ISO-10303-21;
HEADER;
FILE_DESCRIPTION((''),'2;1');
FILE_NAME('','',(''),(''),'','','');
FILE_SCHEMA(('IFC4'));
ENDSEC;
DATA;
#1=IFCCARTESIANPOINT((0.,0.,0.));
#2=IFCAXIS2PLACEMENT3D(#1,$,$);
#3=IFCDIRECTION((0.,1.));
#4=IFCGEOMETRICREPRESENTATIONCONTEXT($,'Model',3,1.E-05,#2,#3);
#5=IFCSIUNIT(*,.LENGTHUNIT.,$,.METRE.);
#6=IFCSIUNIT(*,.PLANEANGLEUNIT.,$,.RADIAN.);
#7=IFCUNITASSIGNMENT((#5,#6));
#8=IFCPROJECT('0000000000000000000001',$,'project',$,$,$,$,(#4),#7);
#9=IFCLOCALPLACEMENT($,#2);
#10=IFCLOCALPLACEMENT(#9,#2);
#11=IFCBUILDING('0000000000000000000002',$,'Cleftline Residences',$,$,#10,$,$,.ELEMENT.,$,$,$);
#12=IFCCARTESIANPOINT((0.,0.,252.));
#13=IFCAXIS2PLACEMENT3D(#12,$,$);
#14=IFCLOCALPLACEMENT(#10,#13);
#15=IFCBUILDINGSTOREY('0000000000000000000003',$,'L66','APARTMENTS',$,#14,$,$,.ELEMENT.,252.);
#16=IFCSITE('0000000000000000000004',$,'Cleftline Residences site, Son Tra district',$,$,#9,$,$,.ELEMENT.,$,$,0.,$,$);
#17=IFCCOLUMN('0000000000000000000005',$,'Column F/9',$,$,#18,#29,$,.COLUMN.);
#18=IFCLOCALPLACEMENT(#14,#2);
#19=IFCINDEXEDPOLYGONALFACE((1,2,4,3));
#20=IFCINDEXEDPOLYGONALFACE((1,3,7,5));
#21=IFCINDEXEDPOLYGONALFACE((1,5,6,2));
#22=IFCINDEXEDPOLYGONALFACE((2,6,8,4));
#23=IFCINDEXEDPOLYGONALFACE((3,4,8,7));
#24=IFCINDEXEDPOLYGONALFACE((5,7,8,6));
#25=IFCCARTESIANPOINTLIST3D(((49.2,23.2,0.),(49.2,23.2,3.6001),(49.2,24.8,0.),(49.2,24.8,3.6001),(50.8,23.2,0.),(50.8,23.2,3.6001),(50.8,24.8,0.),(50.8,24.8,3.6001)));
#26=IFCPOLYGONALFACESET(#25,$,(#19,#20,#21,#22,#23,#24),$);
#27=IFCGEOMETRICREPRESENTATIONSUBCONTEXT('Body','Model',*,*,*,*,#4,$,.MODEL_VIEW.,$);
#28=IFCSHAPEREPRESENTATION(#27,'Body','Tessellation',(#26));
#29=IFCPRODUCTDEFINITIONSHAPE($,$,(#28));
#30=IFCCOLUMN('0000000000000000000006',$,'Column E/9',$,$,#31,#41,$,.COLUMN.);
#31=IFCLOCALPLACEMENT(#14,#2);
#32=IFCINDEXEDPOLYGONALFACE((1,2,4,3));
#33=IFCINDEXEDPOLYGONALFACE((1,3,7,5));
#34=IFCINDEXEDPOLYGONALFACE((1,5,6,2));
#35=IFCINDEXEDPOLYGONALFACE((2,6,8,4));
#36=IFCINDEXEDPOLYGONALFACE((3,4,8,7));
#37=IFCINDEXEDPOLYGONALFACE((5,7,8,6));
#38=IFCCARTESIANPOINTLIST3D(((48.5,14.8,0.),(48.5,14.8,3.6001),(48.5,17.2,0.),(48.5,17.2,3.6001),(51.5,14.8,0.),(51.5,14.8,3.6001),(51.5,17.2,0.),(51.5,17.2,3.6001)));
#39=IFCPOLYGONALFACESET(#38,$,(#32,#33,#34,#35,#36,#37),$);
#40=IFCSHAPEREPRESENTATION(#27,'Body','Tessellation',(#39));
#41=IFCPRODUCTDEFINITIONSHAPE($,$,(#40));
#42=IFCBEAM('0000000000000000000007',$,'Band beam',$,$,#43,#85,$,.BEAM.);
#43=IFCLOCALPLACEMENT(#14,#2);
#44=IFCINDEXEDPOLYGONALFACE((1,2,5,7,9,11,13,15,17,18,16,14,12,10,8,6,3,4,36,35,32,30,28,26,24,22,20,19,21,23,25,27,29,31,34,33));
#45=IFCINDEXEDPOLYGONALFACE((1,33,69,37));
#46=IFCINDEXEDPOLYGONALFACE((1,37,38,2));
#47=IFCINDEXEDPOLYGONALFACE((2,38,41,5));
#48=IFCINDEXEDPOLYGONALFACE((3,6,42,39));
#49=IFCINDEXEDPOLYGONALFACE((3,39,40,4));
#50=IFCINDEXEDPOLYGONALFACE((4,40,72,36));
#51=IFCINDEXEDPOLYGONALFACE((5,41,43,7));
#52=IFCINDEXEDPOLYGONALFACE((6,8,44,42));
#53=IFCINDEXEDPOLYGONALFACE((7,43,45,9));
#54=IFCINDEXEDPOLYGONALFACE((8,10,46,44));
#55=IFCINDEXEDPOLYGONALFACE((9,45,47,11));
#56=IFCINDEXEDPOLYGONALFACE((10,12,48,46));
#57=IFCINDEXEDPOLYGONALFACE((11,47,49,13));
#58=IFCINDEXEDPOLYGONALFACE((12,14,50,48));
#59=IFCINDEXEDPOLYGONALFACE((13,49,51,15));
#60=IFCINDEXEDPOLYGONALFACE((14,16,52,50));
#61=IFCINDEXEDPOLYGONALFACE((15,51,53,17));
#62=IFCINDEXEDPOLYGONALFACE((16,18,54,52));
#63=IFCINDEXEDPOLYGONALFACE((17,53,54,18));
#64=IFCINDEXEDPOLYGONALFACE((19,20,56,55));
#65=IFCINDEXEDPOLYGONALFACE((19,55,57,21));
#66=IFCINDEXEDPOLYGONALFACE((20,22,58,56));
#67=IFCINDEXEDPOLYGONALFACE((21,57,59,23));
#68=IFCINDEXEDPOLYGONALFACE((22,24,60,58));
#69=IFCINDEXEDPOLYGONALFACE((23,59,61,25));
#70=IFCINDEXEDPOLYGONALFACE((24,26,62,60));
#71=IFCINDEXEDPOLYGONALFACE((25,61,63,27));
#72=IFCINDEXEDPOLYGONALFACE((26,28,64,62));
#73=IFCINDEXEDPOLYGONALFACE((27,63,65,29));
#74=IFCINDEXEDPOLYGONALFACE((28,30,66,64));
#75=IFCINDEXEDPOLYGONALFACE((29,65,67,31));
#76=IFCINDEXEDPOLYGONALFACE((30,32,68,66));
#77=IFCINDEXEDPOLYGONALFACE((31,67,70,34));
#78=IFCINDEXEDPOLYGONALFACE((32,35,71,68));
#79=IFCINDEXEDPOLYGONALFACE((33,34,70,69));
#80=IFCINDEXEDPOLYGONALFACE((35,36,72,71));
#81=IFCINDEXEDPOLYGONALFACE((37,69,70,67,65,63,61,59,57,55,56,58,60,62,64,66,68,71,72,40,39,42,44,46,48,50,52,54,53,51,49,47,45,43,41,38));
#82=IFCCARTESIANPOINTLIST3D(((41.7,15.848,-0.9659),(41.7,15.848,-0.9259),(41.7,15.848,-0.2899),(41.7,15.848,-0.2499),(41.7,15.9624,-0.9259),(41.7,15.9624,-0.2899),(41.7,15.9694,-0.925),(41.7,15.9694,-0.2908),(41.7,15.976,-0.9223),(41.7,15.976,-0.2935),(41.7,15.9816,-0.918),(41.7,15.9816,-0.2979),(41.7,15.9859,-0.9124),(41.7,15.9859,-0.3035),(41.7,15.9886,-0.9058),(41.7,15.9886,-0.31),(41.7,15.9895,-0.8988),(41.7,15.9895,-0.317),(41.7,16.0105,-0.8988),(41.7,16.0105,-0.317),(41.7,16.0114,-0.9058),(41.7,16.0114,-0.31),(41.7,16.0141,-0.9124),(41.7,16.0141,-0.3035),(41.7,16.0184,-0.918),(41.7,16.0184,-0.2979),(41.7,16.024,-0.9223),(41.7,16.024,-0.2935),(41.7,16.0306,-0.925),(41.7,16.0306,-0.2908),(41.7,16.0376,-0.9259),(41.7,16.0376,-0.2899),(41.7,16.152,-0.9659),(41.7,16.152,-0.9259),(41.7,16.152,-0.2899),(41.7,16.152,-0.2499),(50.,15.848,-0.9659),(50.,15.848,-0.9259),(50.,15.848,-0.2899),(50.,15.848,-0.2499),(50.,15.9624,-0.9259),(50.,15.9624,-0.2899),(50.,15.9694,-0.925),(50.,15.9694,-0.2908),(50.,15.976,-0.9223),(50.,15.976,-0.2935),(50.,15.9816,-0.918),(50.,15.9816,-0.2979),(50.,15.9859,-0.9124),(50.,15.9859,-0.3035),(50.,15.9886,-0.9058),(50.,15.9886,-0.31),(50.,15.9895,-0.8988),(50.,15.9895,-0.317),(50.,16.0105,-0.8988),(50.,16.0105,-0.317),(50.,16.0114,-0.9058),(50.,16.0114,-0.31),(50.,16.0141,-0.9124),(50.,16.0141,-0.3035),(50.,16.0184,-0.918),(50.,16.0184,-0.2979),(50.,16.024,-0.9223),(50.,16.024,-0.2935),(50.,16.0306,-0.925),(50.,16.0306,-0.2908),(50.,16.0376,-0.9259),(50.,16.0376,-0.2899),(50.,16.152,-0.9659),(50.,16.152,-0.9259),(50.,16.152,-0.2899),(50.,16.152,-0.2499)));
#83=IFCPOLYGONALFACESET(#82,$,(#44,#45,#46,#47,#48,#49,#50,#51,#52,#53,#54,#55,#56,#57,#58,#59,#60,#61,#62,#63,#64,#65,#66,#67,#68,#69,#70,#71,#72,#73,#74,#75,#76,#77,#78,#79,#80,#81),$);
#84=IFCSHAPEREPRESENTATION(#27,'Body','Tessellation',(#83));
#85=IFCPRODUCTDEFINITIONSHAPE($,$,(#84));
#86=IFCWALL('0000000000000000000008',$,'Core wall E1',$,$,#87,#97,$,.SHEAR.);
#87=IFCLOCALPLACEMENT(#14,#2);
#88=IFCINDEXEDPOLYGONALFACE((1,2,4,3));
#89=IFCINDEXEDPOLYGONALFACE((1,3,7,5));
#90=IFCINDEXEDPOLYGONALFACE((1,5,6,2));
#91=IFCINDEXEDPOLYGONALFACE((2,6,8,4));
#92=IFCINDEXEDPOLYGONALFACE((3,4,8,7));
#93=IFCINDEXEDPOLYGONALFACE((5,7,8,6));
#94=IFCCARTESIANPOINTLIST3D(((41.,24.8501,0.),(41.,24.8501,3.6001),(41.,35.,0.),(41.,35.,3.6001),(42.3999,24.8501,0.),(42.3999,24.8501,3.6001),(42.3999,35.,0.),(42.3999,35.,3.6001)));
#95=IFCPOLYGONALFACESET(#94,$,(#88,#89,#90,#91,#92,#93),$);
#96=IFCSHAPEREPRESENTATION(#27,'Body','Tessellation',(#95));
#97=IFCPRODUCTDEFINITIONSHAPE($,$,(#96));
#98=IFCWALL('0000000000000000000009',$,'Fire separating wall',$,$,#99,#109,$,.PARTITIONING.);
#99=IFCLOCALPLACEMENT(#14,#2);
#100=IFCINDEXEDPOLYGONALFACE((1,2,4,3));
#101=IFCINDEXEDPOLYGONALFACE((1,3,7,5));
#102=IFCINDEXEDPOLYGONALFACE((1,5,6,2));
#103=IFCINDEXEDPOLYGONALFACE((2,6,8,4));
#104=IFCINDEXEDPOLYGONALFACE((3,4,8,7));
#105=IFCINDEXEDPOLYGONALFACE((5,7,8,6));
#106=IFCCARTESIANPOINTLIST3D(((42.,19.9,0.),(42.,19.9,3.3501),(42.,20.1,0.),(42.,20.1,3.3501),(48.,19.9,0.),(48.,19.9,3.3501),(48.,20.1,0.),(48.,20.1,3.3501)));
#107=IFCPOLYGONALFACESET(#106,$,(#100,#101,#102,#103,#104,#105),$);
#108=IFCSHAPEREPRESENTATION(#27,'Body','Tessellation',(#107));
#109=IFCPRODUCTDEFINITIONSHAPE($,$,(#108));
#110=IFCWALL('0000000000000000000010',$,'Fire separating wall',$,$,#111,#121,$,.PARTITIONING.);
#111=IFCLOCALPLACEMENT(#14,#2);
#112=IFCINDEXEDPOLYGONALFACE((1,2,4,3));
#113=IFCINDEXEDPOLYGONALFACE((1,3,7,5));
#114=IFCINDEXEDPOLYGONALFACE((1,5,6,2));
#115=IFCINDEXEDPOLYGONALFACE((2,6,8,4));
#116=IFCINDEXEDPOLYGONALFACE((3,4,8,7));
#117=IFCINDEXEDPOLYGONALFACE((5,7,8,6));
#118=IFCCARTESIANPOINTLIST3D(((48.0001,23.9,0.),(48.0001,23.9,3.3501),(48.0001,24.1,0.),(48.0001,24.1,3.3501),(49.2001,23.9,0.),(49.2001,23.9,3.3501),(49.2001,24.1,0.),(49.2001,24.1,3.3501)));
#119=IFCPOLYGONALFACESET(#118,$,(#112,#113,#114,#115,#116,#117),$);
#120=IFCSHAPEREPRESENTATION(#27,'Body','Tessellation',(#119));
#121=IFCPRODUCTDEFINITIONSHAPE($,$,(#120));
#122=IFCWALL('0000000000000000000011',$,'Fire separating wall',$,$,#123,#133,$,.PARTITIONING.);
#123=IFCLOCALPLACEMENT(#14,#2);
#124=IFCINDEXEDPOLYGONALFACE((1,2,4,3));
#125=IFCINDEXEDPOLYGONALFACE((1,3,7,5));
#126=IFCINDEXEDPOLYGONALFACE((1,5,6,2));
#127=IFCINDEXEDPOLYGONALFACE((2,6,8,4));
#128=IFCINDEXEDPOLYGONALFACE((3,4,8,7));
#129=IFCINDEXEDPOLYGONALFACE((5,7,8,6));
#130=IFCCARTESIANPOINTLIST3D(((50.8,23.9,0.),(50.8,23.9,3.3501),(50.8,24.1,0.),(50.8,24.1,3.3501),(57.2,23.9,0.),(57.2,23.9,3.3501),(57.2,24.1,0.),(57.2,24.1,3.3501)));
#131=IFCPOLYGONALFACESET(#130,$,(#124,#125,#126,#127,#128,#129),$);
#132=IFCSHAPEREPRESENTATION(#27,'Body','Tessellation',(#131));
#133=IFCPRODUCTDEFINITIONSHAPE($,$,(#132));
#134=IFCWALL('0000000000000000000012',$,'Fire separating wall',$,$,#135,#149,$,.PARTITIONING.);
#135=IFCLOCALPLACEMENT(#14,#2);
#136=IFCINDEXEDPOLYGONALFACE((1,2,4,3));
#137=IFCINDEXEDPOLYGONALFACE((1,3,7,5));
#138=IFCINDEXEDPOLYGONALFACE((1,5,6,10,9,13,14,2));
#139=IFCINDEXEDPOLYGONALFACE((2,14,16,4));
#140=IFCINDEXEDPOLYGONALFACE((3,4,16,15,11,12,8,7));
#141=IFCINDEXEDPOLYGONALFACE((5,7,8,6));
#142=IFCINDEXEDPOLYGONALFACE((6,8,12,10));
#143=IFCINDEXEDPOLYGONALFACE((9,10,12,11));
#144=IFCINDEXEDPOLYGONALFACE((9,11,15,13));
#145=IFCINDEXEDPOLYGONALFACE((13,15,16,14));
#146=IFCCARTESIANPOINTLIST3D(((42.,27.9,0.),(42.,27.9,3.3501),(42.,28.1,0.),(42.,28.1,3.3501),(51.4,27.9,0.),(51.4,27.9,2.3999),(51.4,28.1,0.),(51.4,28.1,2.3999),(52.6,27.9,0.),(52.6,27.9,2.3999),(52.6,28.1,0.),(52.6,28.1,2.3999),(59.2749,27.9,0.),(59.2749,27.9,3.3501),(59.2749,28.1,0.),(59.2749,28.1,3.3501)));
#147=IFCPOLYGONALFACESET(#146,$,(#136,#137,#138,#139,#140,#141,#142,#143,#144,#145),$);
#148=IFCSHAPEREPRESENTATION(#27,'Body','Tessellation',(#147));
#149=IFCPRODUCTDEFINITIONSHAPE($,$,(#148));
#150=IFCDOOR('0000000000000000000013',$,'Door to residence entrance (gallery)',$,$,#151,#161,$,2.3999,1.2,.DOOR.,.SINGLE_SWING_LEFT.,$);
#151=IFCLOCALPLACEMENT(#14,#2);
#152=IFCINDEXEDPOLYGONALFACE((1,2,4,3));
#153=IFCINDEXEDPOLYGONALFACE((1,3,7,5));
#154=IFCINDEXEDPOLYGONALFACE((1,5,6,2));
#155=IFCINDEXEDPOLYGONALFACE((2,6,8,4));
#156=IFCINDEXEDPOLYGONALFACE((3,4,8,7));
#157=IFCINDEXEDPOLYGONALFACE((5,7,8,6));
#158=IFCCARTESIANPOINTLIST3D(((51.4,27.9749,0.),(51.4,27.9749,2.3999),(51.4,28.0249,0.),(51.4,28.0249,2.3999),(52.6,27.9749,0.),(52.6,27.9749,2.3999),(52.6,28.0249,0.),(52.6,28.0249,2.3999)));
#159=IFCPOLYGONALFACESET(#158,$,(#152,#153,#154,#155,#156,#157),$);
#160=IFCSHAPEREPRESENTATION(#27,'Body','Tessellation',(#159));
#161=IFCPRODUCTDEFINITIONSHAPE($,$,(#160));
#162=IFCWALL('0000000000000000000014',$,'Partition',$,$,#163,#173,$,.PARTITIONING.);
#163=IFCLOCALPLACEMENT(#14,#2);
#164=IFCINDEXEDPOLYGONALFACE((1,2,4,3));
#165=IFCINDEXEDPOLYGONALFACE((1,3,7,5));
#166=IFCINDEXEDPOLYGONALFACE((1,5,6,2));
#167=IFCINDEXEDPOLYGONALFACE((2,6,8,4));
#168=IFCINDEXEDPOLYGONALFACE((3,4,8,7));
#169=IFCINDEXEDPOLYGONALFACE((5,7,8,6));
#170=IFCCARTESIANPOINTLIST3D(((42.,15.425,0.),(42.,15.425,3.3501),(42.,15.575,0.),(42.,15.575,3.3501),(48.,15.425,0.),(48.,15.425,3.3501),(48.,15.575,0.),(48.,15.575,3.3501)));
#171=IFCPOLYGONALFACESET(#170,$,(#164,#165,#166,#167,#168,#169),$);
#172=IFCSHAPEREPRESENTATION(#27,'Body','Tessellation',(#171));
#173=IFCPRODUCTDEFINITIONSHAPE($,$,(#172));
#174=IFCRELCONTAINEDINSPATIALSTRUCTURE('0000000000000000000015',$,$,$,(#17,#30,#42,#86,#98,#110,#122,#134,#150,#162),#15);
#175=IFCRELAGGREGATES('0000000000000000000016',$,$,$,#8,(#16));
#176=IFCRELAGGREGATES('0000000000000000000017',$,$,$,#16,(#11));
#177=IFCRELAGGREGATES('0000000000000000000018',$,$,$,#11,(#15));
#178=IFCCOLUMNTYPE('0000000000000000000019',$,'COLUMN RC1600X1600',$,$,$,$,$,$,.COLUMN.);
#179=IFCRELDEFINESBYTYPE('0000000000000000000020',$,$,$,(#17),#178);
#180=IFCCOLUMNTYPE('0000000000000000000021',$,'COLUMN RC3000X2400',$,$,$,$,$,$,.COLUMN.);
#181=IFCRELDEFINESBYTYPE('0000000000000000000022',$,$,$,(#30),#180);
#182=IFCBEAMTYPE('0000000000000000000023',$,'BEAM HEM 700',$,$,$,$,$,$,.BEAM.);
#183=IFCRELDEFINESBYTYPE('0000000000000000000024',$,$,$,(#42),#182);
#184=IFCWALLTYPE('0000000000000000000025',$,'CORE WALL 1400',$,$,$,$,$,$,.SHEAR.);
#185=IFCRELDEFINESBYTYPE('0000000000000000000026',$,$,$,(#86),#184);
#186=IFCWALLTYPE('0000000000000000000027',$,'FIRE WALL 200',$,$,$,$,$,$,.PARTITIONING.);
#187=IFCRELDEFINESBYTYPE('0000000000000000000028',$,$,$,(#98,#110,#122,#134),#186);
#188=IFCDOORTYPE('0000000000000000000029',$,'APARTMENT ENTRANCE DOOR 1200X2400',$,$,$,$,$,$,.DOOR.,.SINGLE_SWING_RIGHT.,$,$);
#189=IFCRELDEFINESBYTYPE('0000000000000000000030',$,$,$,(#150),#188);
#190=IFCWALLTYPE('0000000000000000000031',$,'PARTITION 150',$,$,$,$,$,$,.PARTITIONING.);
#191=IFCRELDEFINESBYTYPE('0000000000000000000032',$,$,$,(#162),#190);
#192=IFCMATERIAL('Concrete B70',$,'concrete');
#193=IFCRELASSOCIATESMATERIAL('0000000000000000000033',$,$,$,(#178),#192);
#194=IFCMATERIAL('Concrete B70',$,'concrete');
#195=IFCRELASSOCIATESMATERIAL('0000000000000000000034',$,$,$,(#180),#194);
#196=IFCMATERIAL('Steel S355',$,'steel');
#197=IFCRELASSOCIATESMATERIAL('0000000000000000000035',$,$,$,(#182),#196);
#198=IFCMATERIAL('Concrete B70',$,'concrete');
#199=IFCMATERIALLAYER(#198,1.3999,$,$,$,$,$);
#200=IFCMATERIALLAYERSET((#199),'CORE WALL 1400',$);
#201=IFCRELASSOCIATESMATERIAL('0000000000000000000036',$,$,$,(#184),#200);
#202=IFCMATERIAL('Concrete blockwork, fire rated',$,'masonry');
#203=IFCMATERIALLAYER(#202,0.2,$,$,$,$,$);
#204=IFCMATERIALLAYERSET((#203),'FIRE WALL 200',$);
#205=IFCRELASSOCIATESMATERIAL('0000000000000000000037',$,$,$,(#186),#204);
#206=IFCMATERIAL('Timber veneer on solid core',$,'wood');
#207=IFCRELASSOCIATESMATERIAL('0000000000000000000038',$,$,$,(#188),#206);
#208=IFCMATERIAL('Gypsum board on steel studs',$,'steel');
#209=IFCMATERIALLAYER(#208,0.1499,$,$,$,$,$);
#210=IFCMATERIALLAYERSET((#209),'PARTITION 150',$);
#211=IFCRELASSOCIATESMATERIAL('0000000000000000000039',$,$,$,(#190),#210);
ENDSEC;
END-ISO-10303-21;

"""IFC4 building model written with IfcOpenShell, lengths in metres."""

from ifc_helpers import new_model, si_unit, direction, frame, frame_2d, origin, origin_2d, place, context, subcontext, project, spatial, rectangle, i_section, extrude, material, layer, layer_set, material_profile, profile_set, type_object, element, fill, save


model = new_model("IFC4")

# Units and contexts
model_context = context("Model", 3, precision=1e-05, world=origin(), true_north=direction((0.0, 1.0)))
body_context = subcontext(model_context, "Body", "Model", "MODEL_VIEW")
ifc_project = project(units=[si_unit("LENGTHUNIT", "METRE"), si_unit("PLANEANGLEUNIT", "RADIAN")], contexts=[model_context])

# Site, building, storey
site_placement = place(None, origin())
site = spatial("IfcSite", under=ifc_project, at=site_placement, Name="Cleftline Residences site, Son Tra district", CompositionType="ELEMENT", RefElevation=0.0)
building_placement = place(site_placement, origin())
building = spatial("IfcBuilding", under=site, at=building_placement, Name="Cleftline Residences", CompositionType="ELEMENT")
storey_placement = place(building_placement, frame((0.0, 0.0, 252.0)))
storey = spatial("IfcBuildingStorey", under=building, at=storey_placement, Name="L66", Description="APARTMENTS", CompositionType="ELEMENT", Elevation=252.0)

# Columns
ifc_material_1 = material(Name="Concrete B70", Category="concrete")
ifc_material_profile_1 = material_profile(ifc_material_1, rectangle(XDim=1.6001, YDim=1.6001, at=origin_2d()))
ifc_profile_set_1 = profile_set([ifc_material_profile_1], Name="Concrete B70")
column_type_1 = type_object("IfcColumnType", Name="COLUMN RC1600X1600", PredefinedType="COLUMN", material=ifc_profile_set_1)
column_1_placement = place(storey_placement, frame((50.0, 24.0, 0.0), z_axis=(0.0, 0.0, 1.0), x_axis=(1.0, 0.0, 0.0)))
element("IfcColumn", 1, at=column_1_placement, inside=storey, type_object=column_type_1, Name="Column F/9", PredefinedType="COLUMN", context=body_context, shape_type="SweptSolid", body=[
    extrude(rectangle(XDim=1.6001, YDim=1.6001, at=origin_2d()), origin(), (0.0, 0.0, 1.0), 3.6001),
])
ifc_material_2 = material(Name="Concrete B70", Category="concrete")
ifc_material_profile_2 = material_profile(ifc_material_2, rectangle(XDim=3.0, YDim=2.3999, at=origin_2d()))
ifc_profile_set_2 = profile_set([ifc_material_profile_2], Name="Concrete B70")
column_type_2 = type_object("IfcColumnType", Name="COLUMN RC3000X2400", PredefinedType="COLUMN", material=ifc_profile_set_2)
column_2_placement = place(storey_placement, frame((50.0, 16.0, 0.0), z_axis=(0.0, 0.0, 1.0), x_axis=(1.0, 0.0, 0.0)))
element("IfcColumn", 2, at=column_2_placement, inside=storey, type_object=column_type_2, Name="Column E/9", PredefinedType="COLUMN", context=body_context, shape_type="SweptSolid", body=[
    extrude(rectangle(XDim=3.0, YDim=2.3999, at=origin_2d()), origin(), (0.0, 0.0, 1.0), 3.6001),
])

# Beam
ifc_material_3 = material(Name="Steel S355", Category="steel")
ifc_material_profile_3 = material_profile(ifc_material_3, i_section(OverallWidth=0.304, OverallDepth=0.7161, WebThickness=0.021, FlangeThickness=0.04, FilletRadius=0.0271, at=origin_2d()))
ifc_profile_set_3 = profile_set([ifc_material_profile_3], Name="Steel S355")
beam_type = type_object("IfcBeamType", Name="BEAM HEM 700", PredefinedType="BEAM", material=ifc_profile_set_3)
beam_placement = place(storey_placement, frame((50.0, 16.0, -0.6079), z_axis=(-1.0, 0.0, 0.0), x_axis=(0.0, -1.0, 0.0)))
element("IfcBeam", 3, at=beam_placement, inside=storey, type_object=beam_type, Name="Band beam", PredefinedType="BEAM", context=body_context, shape_type="SweptSolid", body=[
    extrude(i_section(OverallWidth=0.304, OverallDepth=0.7161, WebThickness=0.021, FlangeThickness=0.04, FilletRadius=0.0271, at=origin_2d()), origin(), (0.0, 0.0, 1.0), 8.3),
])

# Walls
ifc_material_4 = material(Name="Concrete B70", Category="concrete")
ifc_layer_1 = layer(ifc_material_4, 1.3999)
ifc_layer_set_1 = layer_set([ifc_layer_1], Name="CORE WALL 1400")
wall_type_1 = type_object("IfcWallType", Name="CORE WALL 1400", PredefinedType="SHEAR", material=ifc_layer_set_1)
wall_1_placement = place(storey_placement, frame((41.7, 24.8501, 0.0), z_axis=(0.0, 0.0, 1.0), x_axis=(0.0, 1.0, 0.0)))
element("IfcWall", 4, at=wall_1_placement, inside=storey, type_object=wall_type_1, Name="Core wall E1", PredefinedType="SHEAR", context=body_context, shape_type="SweptSolid", body=[
    extrude(rectangle(XDim=10.1499, YDim=1.3999, at=frame_2d((5.075, 0.0))), origin(), (0.0, 0.0, 1.0), 3.6001),
])
ifc_material_5 = material(Name="Concrete blockwork, fire rated", Category="masonry")
ifc_layer_2 = layer(ifc_material_5, 0.2)
ifc_layer_set_2 = layer_set([ifc_layer_2], Name="FIRE WALL 200")
wall_type_2 = type_object("IfcWallType", Name="FIRE WALL 200", PredefinedType="PARTITIONING", material=ifc_layer_set_2)
wall_2_placement = place(storey_placement, frame((42.0, 20.0, 0.0), z_axis=(0.0, 0.0, 1.0), x_axis=(1.0, 0.0, 0.0)))
element("IfcWall", 5, at=wall_2_placement, inside=storey, type_object=wall_type_2, Name="Fire separating wall", PredefinedType="PARTITIONING", context=body_context, shape_type="SweptSolid", body=[
    extrude(rectangle(XDim=6.0, YDim=0.2, at=frame_2d((3.0, 0.0))), origin(), (0.0, 0.0, 1.0), 3.3501),
])
wall_3_placement = place(storey_placement, frame((48.0, 24.0, 0.0), z_axis=(0.0, 0.0, 1.0), x_axis=(1.0, 0.0, 0.0)))
element("IfcWall", 6, at=wall_3_placement, inside=storey, type_object=wall_type_2, Name="Fire separating wall", PredefinedType="PARTITIONING", context=body_context, shape_type="SweptSolid", body=[
    extrude(rectangle(XDim=1.2, YDim=0.2, at=frame_2d((0.6001, 0.0))), origin(), (0.0, 0.0, 1.0), 3.3501),
])
wall_4_placement = place(storey_placement, frame((50.8, 24.0, 0.0), z_axis=(0.0, 0.0, 1.0), x_axis=(1.0, 0.0, 0.0)))
element("IfcWall", 7, at=wall_4_placement, inside=storey, type_object=wall_type_2, Name="Fire separating wall", PredefinedType="PARTITIONING", context=body_context, shape_type="SweptSolid", body=[
    extrude(rectangle(XDim=6.3999, YDim=0.2, at=frame_2d((3.2, 0.0))), origin(), (0.0, 0.0, 1.0), 3.3501),
])

# Wall, opening, door
wall_5_placement = place(storey_placement, frame((42.0, 28.0, 0.0), z_axis=(0.0, 0.0, 1.0), x_axis=(1.0, 0.0, 0.0)))
wall_5 = element("IfcWall", 8, at=wall_5_placement, inside=storey, type_object=wall_type_2, Name="Fire separating wall", PredefinedType="PARTITIONING", context=body_context, shape_type="SweptSolid", body=[
    extrude(rectangle(XDim=17.2749, YDim=0.2, at=frame_2d((8.6375, 0.0))), origin(), (0.0, 0.0, 1.0), 3.3501),
])
opening_1_placement = place(wall_5_placement, frame((9.3999, 0.0, 0.0)))
opening_1 = element("IfcOpeningElement", 9, at=opening_1_placement, cuts=wall_5, PredefinedType="OPENING", context=body_context, shape_type="SweptSolid", body=[
    extrude(rectangle(XDim=1.2, YDim=2.3999, at=frame_2d((0.6001, 1.2))), frame((0.0, 0.1099, 0.0), z_axis=(0.0, -1.0, 0.0), x_axis=(1.0, 0.0, 0.0)), (0.0, 0.0, 1.0), 0.22),
])
ifc_material_6 = material(Name="Timber veneer on solid core", Category="wood")
door_type_1 = type_object("IfcDoorType", Name="APARTMENT ENTRANCE DOOR 1200X2400", OperationType="SINGLE_SWING_RIGHT", PredefinedType="DOOR", material=ifc_material_6)
door_1_placement = place(opening_1_placement, origin())
door_1 = element("IfcDoor", 10, at=door_1_placement, inside=storey, type_object=door_type_1, Name="Door to residence entrance (gallery)", OperationType="SINGLE_SWING_LEFT", OverallHeight=2.3999, OverallWidth=1.2, PredefinedType="DOOR", context=body_context, shape_type="SweptSolid", body=[
    extrude(rectangle(XDim=1.2, YDim=2.3999, at=frame_2d((0.6001, 1.2))), frame((0.0, 0.0249, 0.0), z_axis=(0.0, -1.0, 0.0), x_axis=(1.0, 0.0, 0.0)), (0.0, 0.0, 1.0), 0.05),
])
fill(opening_1, door_1)

# Wall
ifc_material_7 = material(Name="Gypsum board on steel studs", Category="steel")
ifc_layer_3 = layer(ifc_material_7, 0.1499)
ifc_layer_set_3 = layer_set([ifc_layer_3], Name="PARTITION 150")
wall_type_3 = type_object("IfcWallType", Name="PARTITION 150", PredefinedType="PARTITIONING", material=ifc_layer_set_3)
wall_6_placement = place(storey_placement, frame((42.0, 15.5, 0.0), z_axis=(0.0, 0.0, 1.0), x_axis=(1.0, 0.0, 0.0)))
element("IfcWall", 11, at=wall_6_placement, inside=storey, type_object=wall_type_3, Name="Partition", PredefinedType="PARTITIONING", context=body_context, shape_type="SweptSolid", body=[
    extrude(rectangle(XDim=6.0, YDim=0.1499, at=frame_2d((3.0, 0.0))), origin(), (0.0, 0.0, 1.0), 3.3501),
])

save(model, "model.ifc")
